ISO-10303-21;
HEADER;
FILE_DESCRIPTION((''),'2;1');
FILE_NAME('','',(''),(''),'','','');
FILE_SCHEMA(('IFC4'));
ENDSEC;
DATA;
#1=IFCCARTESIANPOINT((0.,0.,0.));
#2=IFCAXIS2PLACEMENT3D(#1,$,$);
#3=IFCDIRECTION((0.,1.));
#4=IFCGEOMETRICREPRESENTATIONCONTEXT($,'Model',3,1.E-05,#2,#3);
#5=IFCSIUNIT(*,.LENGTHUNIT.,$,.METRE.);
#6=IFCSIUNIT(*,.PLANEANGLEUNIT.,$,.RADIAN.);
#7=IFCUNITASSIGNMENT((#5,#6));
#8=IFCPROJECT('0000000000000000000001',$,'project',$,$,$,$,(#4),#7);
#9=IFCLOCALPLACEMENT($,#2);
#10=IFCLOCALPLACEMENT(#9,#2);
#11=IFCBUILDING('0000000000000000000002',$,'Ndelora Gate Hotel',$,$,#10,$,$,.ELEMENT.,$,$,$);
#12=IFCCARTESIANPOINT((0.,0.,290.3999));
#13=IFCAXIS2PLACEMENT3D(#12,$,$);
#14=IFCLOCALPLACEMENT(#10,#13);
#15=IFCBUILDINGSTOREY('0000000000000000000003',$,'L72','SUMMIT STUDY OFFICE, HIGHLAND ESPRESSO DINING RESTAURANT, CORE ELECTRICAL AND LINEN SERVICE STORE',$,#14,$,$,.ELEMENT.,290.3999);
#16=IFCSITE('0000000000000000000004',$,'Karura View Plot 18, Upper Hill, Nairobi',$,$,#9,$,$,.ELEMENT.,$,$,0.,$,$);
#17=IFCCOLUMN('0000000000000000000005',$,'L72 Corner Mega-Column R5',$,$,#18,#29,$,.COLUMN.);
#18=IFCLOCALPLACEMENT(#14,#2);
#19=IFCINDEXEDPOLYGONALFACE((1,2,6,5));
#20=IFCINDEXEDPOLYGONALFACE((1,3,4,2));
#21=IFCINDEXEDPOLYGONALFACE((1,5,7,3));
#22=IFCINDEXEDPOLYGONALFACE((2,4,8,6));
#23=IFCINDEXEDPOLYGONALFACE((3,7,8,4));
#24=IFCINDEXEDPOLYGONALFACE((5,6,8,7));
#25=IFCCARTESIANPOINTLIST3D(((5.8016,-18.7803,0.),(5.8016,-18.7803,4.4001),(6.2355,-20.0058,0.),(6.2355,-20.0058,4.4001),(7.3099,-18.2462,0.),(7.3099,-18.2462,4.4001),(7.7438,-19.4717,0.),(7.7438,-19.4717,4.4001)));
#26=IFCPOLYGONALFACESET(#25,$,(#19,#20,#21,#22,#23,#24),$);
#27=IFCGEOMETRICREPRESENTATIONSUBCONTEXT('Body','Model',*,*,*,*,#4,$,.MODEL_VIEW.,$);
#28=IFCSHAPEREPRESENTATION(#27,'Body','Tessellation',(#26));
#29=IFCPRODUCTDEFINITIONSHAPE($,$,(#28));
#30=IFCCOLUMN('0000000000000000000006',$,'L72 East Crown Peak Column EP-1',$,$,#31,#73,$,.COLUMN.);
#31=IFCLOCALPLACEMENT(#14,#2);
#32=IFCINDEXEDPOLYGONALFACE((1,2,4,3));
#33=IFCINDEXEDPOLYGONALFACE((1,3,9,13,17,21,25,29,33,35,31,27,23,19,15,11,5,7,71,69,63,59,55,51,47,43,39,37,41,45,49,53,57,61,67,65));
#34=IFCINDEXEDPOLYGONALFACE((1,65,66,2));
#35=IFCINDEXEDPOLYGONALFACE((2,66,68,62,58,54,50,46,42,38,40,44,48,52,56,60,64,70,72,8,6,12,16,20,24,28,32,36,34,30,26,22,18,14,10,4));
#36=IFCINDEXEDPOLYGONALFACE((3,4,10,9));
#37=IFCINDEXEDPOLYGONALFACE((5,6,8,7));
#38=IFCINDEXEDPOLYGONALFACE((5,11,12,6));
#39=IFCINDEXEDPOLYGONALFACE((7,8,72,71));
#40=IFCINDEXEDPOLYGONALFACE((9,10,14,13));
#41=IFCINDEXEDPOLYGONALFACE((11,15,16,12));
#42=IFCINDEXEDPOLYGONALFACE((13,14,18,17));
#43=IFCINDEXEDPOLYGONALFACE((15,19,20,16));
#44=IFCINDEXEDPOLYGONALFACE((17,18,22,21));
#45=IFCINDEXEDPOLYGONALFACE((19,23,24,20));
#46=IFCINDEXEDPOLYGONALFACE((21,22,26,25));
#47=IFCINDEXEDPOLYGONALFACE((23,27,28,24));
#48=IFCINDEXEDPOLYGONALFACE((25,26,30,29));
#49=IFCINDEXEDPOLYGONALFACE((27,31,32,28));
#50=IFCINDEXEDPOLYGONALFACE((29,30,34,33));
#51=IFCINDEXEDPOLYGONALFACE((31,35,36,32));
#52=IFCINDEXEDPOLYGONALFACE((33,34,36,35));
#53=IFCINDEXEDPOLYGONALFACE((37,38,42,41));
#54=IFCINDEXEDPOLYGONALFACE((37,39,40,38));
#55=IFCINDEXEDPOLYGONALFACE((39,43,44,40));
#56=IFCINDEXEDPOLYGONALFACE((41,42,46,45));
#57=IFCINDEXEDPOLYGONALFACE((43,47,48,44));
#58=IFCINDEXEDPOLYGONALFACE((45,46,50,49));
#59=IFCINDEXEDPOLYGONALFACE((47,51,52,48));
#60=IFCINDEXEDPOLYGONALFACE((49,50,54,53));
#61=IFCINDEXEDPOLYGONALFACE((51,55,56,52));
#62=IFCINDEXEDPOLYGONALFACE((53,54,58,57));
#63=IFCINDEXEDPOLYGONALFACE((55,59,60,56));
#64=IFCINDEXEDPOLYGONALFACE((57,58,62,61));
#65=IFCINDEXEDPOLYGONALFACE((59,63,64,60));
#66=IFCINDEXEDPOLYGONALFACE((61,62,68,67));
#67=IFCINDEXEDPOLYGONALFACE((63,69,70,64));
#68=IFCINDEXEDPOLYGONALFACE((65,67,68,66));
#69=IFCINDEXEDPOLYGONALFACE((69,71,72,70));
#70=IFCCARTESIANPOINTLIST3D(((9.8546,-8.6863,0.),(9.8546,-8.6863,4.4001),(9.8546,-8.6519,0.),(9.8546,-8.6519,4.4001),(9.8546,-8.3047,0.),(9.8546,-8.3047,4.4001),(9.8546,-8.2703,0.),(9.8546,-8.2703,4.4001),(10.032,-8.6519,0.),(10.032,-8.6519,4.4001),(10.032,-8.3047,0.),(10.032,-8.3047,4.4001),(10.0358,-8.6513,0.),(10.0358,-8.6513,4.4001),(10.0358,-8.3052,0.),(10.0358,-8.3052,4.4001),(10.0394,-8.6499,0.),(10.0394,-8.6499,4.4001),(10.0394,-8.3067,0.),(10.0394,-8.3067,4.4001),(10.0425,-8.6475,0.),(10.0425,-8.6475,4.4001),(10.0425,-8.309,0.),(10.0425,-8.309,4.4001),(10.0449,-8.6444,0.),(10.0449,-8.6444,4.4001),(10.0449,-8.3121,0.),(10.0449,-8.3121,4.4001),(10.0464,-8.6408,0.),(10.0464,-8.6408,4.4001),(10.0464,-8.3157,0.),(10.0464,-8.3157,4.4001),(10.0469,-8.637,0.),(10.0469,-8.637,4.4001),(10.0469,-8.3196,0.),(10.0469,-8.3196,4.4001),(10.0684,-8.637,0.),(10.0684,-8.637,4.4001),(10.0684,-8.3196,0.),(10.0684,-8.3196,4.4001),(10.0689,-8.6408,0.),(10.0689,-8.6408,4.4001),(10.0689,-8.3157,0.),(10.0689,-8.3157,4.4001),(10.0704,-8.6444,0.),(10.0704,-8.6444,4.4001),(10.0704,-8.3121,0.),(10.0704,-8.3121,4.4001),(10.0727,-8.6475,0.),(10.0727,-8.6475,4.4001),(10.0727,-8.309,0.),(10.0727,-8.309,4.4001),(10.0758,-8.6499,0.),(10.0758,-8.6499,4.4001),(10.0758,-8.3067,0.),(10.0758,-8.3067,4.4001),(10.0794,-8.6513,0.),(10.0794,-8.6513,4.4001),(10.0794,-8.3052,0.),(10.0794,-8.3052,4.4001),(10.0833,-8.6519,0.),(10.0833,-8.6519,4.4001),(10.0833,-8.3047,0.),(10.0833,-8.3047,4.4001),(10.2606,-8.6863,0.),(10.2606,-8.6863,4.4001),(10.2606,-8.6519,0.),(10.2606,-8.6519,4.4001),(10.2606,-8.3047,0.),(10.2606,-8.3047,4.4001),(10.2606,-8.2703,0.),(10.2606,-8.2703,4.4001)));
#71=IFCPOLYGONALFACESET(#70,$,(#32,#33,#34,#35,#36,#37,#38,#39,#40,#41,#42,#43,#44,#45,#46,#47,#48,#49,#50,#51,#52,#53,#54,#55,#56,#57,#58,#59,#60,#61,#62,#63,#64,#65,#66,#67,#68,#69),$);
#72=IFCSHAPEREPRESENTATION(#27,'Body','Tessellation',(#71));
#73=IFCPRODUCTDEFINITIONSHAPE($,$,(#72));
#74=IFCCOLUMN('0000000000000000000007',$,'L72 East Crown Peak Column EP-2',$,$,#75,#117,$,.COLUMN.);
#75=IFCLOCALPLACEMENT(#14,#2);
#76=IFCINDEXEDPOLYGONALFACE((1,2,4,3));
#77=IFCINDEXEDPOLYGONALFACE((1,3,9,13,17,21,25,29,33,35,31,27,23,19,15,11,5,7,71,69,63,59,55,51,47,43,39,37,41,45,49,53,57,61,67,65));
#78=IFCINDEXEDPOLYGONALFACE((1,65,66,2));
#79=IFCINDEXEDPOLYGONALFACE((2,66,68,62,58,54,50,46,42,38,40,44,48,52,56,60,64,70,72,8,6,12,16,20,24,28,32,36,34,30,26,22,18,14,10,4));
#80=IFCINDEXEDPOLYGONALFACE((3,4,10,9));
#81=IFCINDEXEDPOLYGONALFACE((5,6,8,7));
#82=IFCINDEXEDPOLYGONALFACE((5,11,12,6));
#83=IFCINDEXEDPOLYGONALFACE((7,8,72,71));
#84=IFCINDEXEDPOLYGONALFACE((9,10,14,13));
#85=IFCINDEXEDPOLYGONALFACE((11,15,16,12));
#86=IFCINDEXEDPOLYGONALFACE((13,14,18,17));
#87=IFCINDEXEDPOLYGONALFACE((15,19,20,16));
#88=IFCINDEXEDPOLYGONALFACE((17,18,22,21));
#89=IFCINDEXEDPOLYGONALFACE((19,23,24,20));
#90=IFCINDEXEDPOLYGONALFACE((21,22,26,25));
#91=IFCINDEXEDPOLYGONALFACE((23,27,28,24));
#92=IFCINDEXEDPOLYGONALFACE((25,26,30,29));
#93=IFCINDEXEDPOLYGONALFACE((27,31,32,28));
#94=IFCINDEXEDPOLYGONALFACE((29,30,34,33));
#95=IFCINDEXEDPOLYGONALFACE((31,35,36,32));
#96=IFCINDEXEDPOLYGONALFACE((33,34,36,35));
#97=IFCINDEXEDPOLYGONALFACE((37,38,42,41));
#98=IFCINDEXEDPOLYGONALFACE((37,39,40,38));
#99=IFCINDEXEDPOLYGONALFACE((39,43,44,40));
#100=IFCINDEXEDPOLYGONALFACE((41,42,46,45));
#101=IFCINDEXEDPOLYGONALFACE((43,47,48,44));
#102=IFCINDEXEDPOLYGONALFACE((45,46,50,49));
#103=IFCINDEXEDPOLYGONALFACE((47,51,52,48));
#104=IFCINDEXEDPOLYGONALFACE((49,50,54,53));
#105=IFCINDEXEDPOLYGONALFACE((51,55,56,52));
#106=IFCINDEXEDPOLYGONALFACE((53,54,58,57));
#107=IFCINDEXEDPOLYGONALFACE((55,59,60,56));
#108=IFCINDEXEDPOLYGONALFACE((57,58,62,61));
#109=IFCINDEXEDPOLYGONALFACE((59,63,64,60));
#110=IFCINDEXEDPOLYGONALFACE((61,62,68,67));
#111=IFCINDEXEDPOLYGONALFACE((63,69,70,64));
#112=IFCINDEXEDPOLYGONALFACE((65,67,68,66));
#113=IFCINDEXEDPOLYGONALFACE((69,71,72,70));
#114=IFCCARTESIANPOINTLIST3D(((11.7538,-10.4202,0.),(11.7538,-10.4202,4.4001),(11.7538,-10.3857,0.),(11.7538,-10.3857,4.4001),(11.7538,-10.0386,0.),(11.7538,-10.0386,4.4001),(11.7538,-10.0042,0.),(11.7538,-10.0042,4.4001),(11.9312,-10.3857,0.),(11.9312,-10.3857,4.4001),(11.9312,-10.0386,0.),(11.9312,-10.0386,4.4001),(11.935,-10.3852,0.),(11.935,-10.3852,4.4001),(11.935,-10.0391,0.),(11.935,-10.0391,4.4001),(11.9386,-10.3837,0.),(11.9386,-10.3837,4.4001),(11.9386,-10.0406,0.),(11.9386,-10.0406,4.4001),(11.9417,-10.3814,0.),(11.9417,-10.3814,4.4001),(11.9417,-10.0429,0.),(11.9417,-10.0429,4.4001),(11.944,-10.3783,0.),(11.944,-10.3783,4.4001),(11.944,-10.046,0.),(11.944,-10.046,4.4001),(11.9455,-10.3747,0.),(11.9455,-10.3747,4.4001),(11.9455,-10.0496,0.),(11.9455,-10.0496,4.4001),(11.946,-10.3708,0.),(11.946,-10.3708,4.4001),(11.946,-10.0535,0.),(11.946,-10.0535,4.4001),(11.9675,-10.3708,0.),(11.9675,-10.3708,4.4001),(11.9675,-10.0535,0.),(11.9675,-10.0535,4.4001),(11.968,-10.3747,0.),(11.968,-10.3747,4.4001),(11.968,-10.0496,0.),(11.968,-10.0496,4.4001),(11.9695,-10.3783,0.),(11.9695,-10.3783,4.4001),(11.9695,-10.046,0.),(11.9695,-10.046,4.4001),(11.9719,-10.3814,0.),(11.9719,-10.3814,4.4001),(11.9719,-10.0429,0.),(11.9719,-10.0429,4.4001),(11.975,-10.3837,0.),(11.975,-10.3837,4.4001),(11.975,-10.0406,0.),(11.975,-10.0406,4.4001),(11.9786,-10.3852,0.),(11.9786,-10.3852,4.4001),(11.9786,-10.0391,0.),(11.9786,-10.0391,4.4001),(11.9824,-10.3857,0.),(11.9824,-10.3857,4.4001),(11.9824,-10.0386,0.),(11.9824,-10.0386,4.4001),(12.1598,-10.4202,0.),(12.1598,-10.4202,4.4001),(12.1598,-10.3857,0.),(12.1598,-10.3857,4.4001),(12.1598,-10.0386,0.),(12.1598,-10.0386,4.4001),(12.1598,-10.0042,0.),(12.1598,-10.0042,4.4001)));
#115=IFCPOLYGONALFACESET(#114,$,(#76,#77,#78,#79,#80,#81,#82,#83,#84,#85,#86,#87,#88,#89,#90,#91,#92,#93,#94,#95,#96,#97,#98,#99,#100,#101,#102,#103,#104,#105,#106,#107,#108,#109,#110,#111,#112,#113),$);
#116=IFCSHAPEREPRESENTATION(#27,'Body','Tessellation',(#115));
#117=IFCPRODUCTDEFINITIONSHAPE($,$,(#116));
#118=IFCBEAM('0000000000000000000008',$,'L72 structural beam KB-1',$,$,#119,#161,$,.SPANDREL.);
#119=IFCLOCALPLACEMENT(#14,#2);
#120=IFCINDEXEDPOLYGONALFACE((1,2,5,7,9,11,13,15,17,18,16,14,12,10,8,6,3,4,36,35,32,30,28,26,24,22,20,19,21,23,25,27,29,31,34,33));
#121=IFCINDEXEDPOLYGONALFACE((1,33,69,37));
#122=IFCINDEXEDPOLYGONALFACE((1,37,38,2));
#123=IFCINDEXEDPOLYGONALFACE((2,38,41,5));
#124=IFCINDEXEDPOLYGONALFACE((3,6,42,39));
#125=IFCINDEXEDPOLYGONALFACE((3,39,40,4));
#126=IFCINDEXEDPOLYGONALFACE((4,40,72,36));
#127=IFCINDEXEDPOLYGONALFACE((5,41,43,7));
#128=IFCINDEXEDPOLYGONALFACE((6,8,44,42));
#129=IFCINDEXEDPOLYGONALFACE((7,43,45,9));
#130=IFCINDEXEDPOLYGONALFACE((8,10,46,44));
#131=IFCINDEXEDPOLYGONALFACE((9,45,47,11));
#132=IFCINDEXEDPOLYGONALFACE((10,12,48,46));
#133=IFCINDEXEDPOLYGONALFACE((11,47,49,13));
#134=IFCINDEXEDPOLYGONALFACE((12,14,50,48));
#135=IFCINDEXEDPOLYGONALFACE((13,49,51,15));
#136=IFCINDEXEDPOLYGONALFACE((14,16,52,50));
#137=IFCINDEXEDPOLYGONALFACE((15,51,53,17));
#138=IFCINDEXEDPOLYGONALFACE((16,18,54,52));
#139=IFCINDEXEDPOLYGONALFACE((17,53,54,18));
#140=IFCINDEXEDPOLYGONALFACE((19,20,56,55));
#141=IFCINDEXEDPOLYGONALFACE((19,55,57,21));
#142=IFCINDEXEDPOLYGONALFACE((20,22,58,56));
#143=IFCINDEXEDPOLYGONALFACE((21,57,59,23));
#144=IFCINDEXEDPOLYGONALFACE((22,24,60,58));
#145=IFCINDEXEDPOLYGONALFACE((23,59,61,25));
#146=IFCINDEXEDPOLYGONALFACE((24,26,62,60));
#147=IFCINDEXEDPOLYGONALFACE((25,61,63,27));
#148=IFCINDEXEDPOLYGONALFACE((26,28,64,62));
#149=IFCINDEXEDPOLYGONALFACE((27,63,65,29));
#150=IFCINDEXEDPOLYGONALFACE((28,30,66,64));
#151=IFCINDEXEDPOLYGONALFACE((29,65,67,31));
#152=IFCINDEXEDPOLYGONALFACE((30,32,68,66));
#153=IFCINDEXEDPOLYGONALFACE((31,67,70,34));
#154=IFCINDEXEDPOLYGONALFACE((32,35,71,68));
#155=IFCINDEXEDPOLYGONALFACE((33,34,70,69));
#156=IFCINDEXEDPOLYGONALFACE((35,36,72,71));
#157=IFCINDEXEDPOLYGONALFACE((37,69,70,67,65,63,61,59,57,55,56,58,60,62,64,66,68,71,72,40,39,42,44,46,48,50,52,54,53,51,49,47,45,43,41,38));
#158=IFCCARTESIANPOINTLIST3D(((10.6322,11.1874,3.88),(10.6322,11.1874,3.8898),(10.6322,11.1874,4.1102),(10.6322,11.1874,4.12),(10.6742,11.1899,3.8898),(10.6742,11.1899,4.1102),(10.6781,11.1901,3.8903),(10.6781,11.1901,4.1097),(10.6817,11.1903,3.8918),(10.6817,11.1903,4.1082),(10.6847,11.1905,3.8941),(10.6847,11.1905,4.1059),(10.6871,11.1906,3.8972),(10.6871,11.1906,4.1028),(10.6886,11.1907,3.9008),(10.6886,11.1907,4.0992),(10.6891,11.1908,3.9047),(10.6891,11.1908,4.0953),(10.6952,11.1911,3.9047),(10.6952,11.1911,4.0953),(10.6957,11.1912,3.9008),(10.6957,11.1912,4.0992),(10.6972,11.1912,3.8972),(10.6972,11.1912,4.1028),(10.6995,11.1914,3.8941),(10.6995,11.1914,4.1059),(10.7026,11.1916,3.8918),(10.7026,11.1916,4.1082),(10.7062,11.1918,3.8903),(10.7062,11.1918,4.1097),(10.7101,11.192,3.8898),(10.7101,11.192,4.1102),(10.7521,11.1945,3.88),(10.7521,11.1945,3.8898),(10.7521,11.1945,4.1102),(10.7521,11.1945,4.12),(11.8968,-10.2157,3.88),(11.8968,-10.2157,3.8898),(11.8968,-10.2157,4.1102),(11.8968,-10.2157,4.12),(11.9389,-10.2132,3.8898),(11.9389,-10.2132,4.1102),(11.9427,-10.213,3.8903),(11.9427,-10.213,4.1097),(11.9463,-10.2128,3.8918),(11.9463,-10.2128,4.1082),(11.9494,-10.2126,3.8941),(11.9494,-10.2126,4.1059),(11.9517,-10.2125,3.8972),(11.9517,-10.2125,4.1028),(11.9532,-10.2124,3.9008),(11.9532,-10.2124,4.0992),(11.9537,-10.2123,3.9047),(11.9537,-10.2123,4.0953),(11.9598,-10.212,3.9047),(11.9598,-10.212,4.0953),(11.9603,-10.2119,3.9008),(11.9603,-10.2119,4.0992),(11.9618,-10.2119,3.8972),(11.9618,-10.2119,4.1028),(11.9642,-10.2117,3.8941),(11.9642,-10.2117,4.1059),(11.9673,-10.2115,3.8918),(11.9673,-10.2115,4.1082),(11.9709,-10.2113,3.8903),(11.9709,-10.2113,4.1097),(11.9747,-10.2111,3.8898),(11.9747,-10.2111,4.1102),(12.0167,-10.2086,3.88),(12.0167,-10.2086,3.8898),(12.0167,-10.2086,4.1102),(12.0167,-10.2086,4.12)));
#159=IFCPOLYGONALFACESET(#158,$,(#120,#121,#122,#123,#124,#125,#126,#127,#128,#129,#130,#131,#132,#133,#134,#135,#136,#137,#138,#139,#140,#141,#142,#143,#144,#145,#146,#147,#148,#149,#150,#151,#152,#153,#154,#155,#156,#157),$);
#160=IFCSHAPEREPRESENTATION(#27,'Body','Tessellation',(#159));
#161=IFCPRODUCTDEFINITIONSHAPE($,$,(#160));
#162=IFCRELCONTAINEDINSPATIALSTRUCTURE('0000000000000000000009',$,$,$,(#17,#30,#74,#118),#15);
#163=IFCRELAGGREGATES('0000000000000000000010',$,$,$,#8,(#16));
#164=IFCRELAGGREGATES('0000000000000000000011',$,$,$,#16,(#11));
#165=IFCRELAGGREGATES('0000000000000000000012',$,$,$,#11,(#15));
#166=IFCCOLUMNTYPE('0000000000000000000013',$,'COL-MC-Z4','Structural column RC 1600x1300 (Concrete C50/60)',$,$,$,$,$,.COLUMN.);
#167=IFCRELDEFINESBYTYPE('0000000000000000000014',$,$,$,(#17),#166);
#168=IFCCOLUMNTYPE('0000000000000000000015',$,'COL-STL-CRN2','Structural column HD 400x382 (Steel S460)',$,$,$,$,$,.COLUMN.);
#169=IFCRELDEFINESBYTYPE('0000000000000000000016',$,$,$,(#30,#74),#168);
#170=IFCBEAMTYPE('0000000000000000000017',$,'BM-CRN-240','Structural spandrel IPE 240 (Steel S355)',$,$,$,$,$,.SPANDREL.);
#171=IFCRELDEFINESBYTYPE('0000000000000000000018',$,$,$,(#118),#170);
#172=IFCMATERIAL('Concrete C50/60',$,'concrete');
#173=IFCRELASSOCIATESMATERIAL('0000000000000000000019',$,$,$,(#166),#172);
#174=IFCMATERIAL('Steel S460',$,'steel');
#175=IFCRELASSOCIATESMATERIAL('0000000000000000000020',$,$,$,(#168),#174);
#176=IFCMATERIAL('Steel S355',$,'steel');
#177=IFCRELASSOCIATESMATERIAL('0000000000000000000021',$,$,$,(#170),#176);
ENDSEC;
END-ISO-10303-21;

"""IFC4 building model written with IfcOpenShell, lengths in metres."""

from ifc_helpers import new_model, si_unit, direction, frame, origin, origin_2d, place, context, subcontext, project, spatial, rectangle, i_section, extrude, material, material_profile, profile_set, type_object, element, save


model = new_model("IFC4")

# Units and contexts
model_context = context("Model", 3, precision=1e-05, world=origin(), true_north=direction((0.0, 1.0)))
body_context = subcontext(model_context, "Body", "Model", "MODEL_VIEW")
ifc_project = project(units=[si_unit("LENGTHUNIT", "METRE"), si_unit("PLANEANGLEUNIT", "RADIAN")], contexts=[model_context])

# Site, building, storey
site_placement = place(None, origin())
site = spatial("IfcSite", under=ifc_project, at=site_placement, Name="Karura View Plot 18, Upper Hill, Nairobi", CompositionType="ELEMENT", RefElevation=0.0)
building_placement = place(site_placement, origin())
building = spatial("IfcBuilding", under=site, at=building_placement, Name="Ndelora Gate Hotel", CompositionType="ELEMENT")
storey_placement = place(building_placement, frame((0.0, 0.0, 290.3999)))
storey = spatial("IfcBuildingStorey", under=building, at=storey_placement, Name="L72", Description="SUMMIT STUDY OFFICE, HIGHLAND ESPRESSO DINING RESTAURANT, CORE ELECTRICAL AND LINEN SERVICE STORE", CompositionType="ELEMENT", Elevation=290.3999)

# Columns
ifc_material_1 = material(Name="Concrete C50/60", Category="concrete")
ifc_material_profile_1 = material_profile(ifc_material_1, rectangle(XDim=1.3, YDim=1.6001, at=origin_2d()), Name="RC 1600x1300")
ifc_profile_set_1 = profile_set([ifc_material_profile_1], Name="Concrete C50/60")
column_type_1 = type_object("IfcColumnType", Name="COL-MC-Z4", Description="Structural column RC 1600x1300 (Concrete C50/60)", PredefinedType="COLUMN", material=ifc_profile_set_1)
column_placement = place(storey_placement, frame((6.7727, -19.126, 0.0), z_axis=(0.0, 0.0, 1.0), x_axis=(-0.333807, 0.942641, 0.0)))
element("IfcColumn", 1, at=column_placement, inside=storey, type_object=column_type_1, Name="L72 Corner Mega-Column R5", PredefinedType="COLUMN", context=body_context, shape_type="SweptSolid", body=[
    extrude(rectangle(XDim=1.3, YDim=1.6001, at=origin_2d()), origin(), (0.0, 0.0, 1.0), 4.4001),
])
ifc_material_2 = material(Name="Steel S460", Category="steel")
ifc_material_profile_2 = material_profile(ifc_material_2, i_section(OverallWidth=0.406, OverallDepth=0.416, WebThickness=0.0215, FlangeThickness=0.0344, FilletRadius=0.0149, at=origin_2d()), Name="HD 400x382")
ifc_profile_set_2 = profile_set([ifc_material_profile_2], Name="Steel S460")
column_type_2 = type_object("IfcColumnType", Name="COL-STL-CRN2", Description="Structural column HD 400x382 (Steel S460)", PredefinedType="COLUMN", material=ifc_profile_set_2)
for number, where, z_axis, x_axis, name in (
    (2, (10.0576, -8.4783, 0.0), (0.0, 0.0, 1.0), (1.0, 0.0, 0.0), "L72 East Crown Peak Column EP-1"),
    (3, (11.9568, -10.2122, 0.0), (0.0, 0.0, 1.0), (1.0, 0.0, 0.0), "L72 East Crown Peak Column EP-2"),
):
    element("IfcColumn", number, at=place(storey_placement, frame(where, z_axis=z_axis, x_axis=x_axis)), inside=storey, type_object=column_type_2, Name=name, PredefinedType="COLUMN", context=body_context, shape_type="SweptSolid", body=[
        extrude(i_section(OverallWidth=0.406, OverallDepth=0.416, WebThickness=0.0215, FlangeThickness=0.0344, FilletRadius=0.0149, at=origin_2d()), origin(), (0.0, 0.0, 1.0), 4.4001),
    ])

# Beam
ifc_material_3 = material(Name="Steel S355", Category="steel")
ifc_material_profile_3 = material_profile(ifc_material_3, i_section(OverallWidth=0.1201, OverallDepth=0.24, WebThickness=0.0061, FlangeThickness=0.0098, FilletRadius=0.0149, at=origin_2d()), Name="IPE 240")
ifc_profile_set_3 = profile_set([ifc_material_profile_3], Name="Steel S355")
beam_type_1 = type_object("IfcBeamType", Name="BM-CRN-240", Description="Structural spandrel IPE 240 (Steel S355)", PredefinedType="SPANDREL", material=ifc_profile_set_3)
beam_1_placement = place(storey_placement, frame((11.9568, -10.2122, 4.0), z_axis=(-0.058984, 0.998259, 0.0), x_axis=(-0.998259, -0.058984, 0.0)))
element("IfcBeam", 4, at=beam_1_placement, inside=storey, type_object=beam_type_1, Name="L72 structural beam KB-1", PredefinedType="SPANDREL", context=body_context, shape_type="SweptSolid", body=[
    extrude(i_section(OverallWidth=0.1201, OverallDepth=0.24, WebThickness=0.0061, FlangeThickness=0.0098, FilletRadius=0.0149, at=origin_2d()), origin(), (0.0, 0.0, 1.0), 21.4404),
])

save(model, "model.ifc")
